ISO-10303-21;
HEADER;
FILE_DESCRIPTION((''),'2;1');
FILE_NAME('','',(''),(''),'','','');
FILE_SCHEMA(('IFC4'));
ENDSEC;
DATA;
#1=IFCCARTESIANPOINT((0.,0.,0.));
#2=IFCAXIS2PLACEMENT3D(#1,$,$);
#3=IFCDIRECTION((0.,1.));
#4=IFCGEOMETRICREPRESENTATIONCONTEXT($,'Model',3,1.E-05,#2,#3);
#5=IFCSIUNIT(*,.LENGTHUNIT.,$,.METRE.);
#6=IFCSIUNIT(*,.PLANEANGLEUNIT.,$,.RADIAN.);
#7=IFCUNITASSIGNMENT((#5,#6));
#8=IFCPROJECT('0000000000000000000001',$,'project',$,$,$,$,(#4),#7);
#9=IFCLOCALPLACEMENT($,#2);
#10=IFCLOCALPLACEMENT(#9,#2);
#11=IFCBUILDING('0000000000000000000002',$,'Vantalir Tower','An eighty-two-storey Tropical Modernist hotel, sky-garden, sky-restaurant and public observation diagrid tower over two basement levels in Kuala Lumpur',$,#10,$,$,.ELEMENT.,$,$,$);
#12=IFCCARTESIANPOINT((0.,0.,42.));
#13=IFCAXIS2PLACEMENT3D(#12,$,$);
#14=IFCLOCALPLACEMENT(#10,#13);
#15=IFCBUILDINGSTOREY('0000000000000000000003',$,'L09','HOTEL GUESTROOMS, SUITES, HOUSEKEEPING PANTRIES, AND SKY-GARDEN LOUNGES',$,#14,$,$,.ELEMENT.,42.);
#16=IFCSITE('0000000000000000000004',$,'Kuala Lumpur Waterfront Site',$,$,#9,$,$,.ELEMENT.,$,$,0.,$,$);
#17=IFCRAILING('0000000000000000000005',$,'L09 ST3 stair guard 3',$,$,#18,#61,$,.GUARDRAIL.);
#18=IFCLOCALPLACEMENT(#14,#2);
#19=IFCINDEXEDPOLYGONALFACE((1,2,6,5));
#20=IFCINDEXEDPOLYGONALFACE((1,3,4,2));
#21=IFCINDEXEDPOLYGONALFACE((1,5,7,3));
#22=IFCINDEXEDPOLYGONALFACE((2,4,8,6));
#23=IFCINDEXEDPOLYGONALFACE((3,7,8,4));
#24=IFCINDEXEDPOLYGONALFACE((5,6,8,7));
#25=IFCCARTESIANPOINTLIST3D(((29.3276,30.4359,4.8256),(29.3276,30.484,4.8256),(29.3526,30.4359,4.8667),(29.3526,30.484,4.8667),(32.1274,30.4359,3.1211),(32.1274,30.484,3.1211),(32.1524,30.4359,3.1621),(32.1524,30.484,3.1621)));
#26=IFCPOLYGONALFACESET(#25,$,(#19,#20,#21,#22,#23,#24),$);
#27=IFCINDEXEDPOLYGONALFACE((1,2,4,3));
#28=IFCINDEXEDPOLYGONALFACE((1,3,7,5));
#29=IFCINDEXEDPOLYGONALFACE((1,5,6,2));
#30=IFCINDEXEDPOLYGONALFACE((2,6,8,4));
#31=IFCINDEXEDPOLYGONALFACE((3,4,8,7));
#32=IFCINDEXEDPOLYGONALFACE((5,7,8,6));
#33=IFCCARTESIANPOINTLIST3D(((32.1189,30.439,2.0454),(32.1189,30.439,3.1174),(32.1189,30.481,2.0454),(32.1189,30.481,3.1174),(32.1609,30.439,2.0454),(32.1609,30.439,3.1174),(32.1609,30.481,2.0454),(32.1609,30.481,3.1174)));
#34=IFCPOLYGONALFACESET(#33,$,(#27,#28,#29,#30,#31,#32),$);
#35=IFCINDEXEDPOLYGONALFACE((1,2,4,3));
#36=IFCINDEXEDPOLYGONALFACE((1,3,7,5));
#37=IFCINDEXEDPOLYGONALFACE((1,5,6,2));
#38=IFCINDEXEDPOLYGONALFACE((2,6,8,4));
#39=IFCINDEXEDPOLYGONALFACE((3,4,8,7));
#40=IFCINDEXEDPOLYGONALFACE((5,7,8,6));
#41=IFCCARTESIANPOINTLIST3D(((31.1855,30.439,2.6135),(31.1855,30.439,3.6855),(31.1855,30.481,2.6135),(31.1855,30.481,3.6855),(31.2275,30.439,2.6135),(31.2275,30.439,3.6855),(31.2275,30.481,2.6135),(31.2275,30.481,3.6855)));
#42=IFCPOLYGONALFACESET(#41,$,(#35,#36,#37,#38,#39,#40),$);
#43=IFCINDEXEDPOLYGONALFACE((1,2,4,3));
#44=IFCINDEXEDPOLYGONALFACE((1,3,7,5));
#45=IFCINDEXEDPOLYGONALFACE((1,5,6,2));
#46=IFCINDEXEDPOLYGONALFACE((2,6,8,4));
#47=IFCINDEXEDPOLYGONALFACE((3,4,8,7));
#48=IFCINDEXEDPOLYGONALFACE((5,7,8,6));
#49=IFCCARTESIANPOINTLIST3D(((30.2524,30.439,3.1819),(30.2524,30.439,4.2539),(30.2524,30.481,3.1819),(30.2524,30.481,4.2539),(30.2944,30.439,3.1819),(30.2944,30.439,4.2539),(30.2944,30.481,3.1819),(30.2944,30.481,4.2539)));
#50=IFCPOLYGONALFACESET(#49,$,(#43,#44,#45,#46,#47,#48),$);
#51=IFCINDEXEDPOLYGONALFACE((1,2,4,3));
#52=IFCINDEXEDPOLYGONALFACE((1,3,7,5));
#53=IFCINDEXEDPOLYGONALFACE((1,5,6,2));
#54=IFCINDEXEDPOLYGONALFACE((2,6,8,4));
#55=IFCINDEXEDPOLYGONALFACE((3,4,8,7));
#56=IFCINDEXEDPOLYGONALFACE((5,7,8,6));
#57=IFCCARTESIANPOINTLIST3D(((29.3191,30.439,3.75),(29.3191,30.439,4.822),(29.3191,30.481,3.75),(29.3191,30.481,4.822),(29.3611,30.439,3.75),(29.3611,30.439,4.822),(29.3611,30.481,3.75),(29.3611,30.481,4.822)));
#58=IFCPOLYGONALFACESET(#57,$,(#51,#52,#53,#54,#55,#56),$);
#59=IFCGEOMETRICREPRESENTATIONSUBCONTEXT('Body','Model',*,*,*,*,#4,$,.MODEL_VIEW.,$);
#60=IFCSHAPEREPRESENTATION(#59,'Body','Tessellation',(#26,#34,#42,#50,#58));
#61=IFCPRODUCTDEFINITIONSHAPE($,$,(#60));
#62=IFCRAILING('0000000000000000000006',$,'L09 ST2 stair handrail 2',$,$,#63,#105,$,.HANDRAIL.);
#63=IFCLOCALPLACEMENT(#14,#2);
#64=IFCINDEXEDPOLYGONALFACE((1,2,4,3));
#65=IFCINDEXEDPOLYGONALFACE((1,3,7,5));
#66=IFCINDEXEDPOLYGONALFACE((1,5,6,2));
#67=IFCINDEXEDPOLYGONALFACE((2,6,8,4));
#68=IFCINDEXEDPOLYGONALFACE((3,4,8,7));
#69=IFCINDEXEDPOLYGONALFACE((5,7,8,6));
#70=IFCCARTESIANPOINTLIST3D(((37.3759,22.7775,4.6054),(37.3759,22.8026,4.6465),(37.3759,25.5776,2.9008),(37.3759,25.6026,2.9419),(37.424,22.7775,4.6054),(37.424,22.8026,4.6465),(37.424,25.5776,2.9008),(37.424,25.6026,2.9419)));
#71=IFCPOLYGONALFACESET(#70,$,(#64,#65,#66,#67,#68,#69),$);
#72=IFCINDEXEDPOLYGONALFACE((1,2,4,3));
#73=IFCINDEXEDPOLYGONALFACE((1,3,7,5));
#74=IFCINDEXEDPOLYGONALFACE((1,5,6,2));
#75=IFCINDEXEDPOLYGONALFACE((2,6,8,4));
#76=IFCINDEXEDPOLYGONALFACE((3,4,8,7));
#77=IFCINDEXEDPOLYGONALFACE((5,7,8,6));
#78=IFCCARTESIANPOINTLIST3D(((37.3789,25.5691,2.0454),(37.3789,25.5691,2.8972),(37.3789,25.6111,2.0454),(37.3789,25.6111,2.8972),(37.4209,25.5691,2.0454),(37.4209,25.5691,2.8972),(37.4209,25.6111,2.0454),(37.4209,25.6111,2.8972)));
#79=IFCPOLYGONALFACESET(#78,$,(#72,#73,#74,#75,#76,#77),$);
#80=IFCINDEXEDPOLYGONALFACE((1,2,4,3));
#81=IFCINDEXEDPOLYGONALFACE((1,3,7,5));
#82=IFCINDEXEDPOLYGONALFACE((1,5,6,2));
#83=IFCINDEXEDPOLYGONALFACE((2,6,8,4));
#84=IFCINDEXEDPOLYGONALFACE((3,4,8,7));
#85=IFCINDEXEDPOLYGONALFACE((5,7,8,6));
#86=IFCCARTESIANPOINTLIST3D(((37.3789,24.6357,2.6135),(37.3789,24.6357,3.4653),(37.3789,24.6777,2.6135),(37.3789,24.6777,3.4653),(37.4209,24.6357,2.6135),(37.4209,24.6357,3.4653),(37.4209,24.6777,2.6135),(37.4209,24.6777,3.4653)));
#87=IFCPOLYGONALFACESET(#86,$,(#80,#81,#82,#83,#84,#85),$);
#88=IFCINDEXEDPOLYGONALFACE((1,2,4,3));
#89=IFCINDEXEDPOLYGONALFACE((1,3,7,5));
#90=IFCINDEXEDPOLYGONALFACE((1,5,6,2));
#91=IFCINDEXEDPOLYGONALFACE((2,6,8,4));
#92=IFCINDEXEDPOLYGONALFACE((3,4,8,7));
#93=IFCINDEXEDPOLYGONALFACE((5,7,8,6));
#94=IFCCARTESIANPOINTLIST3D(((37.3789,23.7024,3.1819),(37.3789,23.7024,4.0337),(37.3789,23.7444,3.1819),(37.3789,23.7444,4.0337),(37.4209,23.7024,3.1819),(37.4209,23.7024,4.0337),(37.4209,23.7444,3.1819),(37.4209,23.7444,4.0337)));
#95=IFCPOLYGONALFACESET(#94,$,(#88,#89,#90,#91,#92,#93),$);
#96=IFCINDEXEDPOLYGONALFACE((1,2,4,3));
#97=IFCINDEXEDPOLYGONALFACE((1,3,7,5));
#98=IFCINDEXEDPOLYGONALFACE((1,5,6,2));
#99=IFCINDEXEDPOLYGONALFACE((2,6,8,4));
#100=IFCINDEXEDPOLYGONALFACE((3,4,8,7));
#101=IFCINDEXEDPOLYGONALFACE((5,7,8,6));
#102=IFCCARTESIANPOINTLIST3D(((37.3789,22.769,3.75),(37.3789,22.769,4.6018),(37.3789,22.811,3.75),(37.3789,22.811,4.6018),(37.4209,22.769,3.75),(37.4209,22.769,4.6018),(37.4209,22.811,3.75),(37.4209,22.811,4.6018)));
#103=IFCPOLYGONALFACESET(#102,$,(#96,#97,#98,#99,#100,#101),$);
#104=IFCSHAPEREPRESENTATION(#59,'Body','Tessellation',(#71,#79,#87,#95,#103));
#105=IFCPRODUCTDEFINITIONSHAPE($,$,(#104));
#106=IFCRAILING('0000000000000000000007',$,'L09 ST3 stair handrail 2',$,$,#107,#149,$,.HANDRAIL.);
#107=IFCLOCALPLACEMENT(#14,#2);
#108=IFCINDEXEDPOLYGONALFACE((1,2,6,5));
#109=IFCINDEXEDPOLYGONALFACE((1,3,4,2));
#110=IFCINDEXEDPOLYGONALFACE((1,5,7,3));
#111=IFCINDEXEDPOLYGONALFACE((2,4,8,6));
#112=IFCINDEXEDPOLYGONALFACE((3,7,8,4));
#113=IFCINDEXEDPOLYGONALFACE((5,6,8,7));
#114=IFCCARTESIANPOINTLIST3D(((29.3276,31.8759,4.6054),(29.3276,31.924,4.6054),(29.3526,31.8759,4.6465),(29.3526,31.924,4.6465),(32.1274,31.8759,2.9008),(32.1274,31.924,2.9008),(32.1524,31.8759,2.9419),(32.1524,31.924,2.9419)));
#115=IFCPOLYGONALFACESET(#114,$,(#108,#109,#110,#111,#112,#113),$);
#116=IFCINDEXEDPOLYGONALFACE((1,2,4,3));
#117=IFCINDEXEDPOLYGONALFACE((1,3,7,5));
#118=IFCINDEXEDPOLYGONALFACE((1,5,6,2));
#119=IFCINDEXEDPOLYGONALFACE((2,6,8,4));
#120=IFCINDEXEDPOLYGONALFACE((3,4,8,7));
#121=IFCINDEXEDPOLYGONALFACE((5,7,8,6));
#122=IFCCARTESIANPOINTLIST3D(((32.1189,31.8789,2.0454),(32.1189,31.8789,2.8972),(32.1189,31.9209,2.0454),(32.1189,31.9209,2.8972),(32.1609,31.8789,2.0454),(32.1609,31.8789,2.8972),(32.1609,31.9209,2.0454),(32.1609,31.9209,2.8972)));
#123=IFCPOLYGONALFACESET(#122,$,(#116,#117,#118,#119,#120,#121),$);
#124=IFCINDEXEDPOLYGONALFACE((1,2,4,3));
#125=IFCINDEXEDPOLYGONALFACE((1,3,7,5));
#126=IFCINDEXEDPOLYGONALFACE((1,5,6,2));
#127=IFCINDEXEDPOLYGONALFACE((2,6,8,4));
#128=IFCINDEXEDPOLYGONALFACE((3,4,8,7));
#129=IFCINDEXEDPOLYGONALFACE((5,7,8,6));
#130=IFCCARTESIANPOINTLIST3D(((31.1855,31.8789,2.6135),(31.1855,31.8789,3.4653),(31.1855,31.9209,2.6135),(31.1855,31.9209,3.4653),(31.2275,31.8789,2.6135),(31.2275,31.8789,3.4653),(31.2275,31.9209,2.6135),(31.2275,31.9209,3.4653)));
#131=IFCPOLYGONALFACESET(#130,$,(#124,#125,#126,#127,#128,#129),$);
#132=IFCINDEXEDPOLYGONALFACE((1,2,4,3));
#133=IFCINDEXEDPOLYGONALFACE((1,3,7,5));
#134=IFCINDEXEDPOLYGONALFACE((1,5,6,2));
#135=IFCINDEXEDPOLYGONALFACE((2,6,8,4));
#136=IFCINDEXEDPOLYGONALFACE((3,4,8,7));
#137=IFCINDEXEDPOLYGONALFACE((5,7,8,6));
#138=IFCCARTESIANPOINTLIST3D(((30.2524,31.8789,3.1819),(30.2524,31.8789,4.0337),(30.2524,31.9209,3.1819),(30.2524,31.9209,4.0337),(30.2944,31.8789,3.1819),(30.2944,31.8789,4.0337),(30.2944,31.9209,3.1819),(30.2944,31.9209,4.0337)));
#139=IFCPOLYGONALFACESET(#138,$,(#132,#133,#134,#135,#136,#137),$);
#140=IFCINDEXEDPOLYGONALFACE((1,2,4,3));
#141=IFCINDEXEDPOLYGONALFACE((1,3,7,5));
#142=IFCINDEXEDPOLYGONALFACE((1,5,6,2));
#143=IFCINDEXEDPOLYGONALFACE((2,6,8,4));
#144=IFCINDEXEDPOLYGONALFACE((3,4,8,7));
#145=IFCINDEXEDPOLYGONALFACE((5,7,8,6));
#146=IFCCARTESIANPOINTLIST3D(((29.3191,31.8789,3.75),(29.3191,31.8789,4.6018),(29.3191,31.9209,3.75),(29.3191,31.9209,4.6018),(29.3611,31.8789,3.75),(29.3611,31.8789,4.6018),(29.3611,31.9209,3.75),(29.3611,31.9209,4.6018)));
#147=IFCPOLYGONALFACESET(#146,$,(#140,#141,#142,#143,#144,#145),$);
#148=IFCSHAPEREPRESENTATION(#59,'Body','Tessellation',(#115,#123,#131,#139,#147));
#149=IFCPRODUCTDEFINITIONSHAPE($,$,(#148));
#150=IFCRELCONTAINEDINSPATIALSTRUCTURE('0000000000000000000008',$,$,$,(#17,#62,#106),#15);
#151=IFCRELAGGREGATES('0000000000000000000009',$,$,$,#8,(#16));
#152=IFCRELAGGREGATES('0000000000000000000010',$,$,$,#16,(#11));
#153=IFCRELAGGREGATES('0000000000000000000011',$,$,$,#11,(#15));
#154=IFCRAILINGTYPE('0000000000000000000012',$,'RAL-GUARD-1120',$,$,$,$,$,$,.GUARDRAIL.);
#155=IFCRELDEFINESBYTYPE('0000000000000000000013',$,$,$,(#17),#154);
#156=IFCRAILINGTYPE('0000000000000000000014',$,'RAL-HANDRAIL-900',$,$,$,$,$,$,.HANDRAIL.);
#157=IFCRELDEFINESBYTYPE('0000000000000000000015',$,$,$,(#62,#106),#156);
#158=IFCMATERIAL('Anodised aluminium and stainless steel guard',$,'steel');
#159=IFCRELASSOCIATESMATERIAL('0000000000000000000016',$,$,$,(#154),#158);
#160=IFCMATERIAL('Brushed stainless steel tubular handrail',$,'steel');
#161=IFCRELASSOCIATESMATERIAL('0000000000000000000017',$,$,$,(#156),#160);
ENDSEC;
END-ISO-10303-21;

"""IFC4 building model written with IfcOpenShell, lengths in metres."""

from ifc_helpers import new_model, si_unit, direction, frame, origin, origin_2d, place, context, subcontext, project, spatial, rectangle, extrude, material, type_object, element, save


model = new_model("IFC4")

# Units and contexts
model_context = context("Model", 3, precision=1e-05, world=origin(), true_north=direction((0.0, 1.0)))
body_context = subcontext(model_context, "Body", "Model", "MODEL_VIEW")
ifc_project = project(units=[si_unit("LENGTHUNIT", "METRE"), si_unit("PLANEANGLEUNIT", "RADIAN")], contexts=[model_context])

# Site, building, storey
site_placement = place(None, origin())
site = spatial("IfcSite", under=ifc_project, at=site_placement, Name="Kuala Lumpur Waterfront Site", CompositionType="ELEMENT", RefElevation=0.0)
building_placement = place(site_placement, origin())
building = spatial("IfcBuilding", under=site, at=building_placement, Name="Vantalir Tower", Description="An eighty-two-storey Tropical Modernist hotel, sky-garden, sky-restaurant and public observation diagrid tower over two basement levels in Kuala Lumpur", CompositionType="ELEMENT")
storey_placement = place(building_placement, frame((0.0, 0.0, 42.0)))
storey = spatial("IfcBuildingStorey", under=building, at=storey_placement, Name="L09", Description="HOTEL GUESTROOMS, SUITES, HOUSEKEEPING PANTRIES, AND SKY-GARDEN LOUNGES", CompositionType="ELEMENT", Elevation=42.0)

# Railings
ifc_material_1 = material(Name="Anodised aluminium and stainless steel guard", Category="steel")
railing_type_1 = type_object("IfcRailingType", Name="RAL-GUARD-1120", PredefinedType="GUARDRAIL", material=ifc_material_1)
railing_1_placement = place(storey_placement, frame((32.1399, 30.46, 2.0454)))
element("IfcRailing", 1, at=railing_1_placement, inside=storey, type_object=railing_type_1, Name="L09 ST3 stair guard 3", PredefinedType="GUARDRAIL", context=body_context, shape_type="SweptSolid", body=[
    extrude(rectangle(XDim=0.0481, YDim=0.0481, at=origin_2d()), frame((0.0, 0.0, 1.0962), z_axis=(-0.85415, 0.0, 0.520027), x_axis=(0.0, -1.0, 0.0)), (0.0, 0.0, 1.0), 3.2778),
    extrude(rectangle(XDim=0.042, YDim=0.042, at=origin_2d()), origin(), (0.0, 0.0, 1.0), 1.072),
    extrude(rectangle(XDim=0.042, YDim=0.042, at=origin_2d()), frame((-0.9333, 0.0, 0.5681)), (0.0, 0.0, 1.0), 1.072),
    extrude(rectangle(XDim=0.042, YDim=0.042, at=origin_2d()), frame((-1.8665, 0.0, 1.1365)), (0.0, 0.0, 1.0), 1.072),
    extrude(rectangle(XDim=0.042, YDim=0.042, at=origin_2d()), frame((-2.7998, 0.0, 1.7046)), (0.0, 0.0, 1.0), 1.072),
])
ifc_material_2 = material(Name="Brushed stainless steel tubular handrail", Category="steel")
railing_type_2 = type_object("IfcRailingType", Name="RAL-HANDRAIL-900", PredefinedType="HANDRAIL", material=ifc_material_2)
railing_2_placement = place(storey_placement, frame((37.3999, 25.5901, 2.0454)))
element("IfcRailing", 2, at=railing_2_placement, inside=storey, type_object=railing_type_2, Name="L09 ST2 stair handrail 2", PredefinedType="HANDRAIL", context=body_context, shape_type="SweptSolid", body=[
    extrude(rectangle(XDim=0.0481, YDim=0.0481, at=origin_2d()), frame((0.0, 0.0, 0.876), z_axis=(0.0, -0.85417, 0.519994), x_axis=(1.0, 0.0, 0.0)), (0.0, 0.0, 1.0), 3.2781),
    extrude(rectangle(XDim=0.042, YDim=0.042, at=origin_2d()), origin(), (0.0, 0.0, 1.0), 0.8518),
    extrude(rectangle(XDim=0.042, YDim=0.042, at=origin_2d()), frame((0.0, -0.9333, 0.5681)), (0.0, 0.0, 1.0), 0.8518),
    extrude(rectangle(XDim=0.042, YDim=0.042, at=origin_2d()), frame((0.0, -1.8667, 1.1365)), (0.0, 0.0, 1.0), 0.8518),
    extrude(rectangle(XDim=0.042, YDim=0.042, at=origin_2d()), frame((0.0, -2.8, 1.7046)), (0.0, 0.0, 1.0), 0.8518),
])
railing_3_placement = place(storey_placement, frame((32.1399, 31.8999, 2.0454)))
element("IfcRailing", 3, at=railing_3_placement, inside=storey, type_object=railing_type_2, Name="L09 ST3 stair handrail 2", PredefinedType="HANDRAIL", context=body_context, shape_type="SweptSolid", body=[
    extrude(rectangle(XDim=0.0481, YDim=0.0481, at=origin_2d()), frame((0.0, 0.0, 0.876), z_axis=(-0.85415, 0.0, 0.520027), x_axis=(0.0, -1.0, 0.0)), (0.0, 0.0, 1.0), 3.2778),
    extrude(rectangle(XDim=0.042, YDim=0.042, at=origin_2d()), origin(), (0.0, 0.0, 1.0), 0.8518),
    extrude(rectangle(XDim=0.042, YDim=0.042, at=origin_2d()), frame((-0.9333, 0.0, 0.5681)), (0.0, 0.0, 1.0), 0.8518),
    extrude(rectangle(XDim=0.042, YDim=0.042, at=origin_2d()), frame((-1.8665, 0.0, 1.1365)), (0.0, 0.0, 1.0), 0.8518),
    extrude(rectangle(XDim=0.042, YDim=0.042, at=origin_2d()), frame((-2.7998, 0.0, 1.7046)), (0.0, 0.0, 1.0), 0.8518),
])

save(model, "model.ifc")
